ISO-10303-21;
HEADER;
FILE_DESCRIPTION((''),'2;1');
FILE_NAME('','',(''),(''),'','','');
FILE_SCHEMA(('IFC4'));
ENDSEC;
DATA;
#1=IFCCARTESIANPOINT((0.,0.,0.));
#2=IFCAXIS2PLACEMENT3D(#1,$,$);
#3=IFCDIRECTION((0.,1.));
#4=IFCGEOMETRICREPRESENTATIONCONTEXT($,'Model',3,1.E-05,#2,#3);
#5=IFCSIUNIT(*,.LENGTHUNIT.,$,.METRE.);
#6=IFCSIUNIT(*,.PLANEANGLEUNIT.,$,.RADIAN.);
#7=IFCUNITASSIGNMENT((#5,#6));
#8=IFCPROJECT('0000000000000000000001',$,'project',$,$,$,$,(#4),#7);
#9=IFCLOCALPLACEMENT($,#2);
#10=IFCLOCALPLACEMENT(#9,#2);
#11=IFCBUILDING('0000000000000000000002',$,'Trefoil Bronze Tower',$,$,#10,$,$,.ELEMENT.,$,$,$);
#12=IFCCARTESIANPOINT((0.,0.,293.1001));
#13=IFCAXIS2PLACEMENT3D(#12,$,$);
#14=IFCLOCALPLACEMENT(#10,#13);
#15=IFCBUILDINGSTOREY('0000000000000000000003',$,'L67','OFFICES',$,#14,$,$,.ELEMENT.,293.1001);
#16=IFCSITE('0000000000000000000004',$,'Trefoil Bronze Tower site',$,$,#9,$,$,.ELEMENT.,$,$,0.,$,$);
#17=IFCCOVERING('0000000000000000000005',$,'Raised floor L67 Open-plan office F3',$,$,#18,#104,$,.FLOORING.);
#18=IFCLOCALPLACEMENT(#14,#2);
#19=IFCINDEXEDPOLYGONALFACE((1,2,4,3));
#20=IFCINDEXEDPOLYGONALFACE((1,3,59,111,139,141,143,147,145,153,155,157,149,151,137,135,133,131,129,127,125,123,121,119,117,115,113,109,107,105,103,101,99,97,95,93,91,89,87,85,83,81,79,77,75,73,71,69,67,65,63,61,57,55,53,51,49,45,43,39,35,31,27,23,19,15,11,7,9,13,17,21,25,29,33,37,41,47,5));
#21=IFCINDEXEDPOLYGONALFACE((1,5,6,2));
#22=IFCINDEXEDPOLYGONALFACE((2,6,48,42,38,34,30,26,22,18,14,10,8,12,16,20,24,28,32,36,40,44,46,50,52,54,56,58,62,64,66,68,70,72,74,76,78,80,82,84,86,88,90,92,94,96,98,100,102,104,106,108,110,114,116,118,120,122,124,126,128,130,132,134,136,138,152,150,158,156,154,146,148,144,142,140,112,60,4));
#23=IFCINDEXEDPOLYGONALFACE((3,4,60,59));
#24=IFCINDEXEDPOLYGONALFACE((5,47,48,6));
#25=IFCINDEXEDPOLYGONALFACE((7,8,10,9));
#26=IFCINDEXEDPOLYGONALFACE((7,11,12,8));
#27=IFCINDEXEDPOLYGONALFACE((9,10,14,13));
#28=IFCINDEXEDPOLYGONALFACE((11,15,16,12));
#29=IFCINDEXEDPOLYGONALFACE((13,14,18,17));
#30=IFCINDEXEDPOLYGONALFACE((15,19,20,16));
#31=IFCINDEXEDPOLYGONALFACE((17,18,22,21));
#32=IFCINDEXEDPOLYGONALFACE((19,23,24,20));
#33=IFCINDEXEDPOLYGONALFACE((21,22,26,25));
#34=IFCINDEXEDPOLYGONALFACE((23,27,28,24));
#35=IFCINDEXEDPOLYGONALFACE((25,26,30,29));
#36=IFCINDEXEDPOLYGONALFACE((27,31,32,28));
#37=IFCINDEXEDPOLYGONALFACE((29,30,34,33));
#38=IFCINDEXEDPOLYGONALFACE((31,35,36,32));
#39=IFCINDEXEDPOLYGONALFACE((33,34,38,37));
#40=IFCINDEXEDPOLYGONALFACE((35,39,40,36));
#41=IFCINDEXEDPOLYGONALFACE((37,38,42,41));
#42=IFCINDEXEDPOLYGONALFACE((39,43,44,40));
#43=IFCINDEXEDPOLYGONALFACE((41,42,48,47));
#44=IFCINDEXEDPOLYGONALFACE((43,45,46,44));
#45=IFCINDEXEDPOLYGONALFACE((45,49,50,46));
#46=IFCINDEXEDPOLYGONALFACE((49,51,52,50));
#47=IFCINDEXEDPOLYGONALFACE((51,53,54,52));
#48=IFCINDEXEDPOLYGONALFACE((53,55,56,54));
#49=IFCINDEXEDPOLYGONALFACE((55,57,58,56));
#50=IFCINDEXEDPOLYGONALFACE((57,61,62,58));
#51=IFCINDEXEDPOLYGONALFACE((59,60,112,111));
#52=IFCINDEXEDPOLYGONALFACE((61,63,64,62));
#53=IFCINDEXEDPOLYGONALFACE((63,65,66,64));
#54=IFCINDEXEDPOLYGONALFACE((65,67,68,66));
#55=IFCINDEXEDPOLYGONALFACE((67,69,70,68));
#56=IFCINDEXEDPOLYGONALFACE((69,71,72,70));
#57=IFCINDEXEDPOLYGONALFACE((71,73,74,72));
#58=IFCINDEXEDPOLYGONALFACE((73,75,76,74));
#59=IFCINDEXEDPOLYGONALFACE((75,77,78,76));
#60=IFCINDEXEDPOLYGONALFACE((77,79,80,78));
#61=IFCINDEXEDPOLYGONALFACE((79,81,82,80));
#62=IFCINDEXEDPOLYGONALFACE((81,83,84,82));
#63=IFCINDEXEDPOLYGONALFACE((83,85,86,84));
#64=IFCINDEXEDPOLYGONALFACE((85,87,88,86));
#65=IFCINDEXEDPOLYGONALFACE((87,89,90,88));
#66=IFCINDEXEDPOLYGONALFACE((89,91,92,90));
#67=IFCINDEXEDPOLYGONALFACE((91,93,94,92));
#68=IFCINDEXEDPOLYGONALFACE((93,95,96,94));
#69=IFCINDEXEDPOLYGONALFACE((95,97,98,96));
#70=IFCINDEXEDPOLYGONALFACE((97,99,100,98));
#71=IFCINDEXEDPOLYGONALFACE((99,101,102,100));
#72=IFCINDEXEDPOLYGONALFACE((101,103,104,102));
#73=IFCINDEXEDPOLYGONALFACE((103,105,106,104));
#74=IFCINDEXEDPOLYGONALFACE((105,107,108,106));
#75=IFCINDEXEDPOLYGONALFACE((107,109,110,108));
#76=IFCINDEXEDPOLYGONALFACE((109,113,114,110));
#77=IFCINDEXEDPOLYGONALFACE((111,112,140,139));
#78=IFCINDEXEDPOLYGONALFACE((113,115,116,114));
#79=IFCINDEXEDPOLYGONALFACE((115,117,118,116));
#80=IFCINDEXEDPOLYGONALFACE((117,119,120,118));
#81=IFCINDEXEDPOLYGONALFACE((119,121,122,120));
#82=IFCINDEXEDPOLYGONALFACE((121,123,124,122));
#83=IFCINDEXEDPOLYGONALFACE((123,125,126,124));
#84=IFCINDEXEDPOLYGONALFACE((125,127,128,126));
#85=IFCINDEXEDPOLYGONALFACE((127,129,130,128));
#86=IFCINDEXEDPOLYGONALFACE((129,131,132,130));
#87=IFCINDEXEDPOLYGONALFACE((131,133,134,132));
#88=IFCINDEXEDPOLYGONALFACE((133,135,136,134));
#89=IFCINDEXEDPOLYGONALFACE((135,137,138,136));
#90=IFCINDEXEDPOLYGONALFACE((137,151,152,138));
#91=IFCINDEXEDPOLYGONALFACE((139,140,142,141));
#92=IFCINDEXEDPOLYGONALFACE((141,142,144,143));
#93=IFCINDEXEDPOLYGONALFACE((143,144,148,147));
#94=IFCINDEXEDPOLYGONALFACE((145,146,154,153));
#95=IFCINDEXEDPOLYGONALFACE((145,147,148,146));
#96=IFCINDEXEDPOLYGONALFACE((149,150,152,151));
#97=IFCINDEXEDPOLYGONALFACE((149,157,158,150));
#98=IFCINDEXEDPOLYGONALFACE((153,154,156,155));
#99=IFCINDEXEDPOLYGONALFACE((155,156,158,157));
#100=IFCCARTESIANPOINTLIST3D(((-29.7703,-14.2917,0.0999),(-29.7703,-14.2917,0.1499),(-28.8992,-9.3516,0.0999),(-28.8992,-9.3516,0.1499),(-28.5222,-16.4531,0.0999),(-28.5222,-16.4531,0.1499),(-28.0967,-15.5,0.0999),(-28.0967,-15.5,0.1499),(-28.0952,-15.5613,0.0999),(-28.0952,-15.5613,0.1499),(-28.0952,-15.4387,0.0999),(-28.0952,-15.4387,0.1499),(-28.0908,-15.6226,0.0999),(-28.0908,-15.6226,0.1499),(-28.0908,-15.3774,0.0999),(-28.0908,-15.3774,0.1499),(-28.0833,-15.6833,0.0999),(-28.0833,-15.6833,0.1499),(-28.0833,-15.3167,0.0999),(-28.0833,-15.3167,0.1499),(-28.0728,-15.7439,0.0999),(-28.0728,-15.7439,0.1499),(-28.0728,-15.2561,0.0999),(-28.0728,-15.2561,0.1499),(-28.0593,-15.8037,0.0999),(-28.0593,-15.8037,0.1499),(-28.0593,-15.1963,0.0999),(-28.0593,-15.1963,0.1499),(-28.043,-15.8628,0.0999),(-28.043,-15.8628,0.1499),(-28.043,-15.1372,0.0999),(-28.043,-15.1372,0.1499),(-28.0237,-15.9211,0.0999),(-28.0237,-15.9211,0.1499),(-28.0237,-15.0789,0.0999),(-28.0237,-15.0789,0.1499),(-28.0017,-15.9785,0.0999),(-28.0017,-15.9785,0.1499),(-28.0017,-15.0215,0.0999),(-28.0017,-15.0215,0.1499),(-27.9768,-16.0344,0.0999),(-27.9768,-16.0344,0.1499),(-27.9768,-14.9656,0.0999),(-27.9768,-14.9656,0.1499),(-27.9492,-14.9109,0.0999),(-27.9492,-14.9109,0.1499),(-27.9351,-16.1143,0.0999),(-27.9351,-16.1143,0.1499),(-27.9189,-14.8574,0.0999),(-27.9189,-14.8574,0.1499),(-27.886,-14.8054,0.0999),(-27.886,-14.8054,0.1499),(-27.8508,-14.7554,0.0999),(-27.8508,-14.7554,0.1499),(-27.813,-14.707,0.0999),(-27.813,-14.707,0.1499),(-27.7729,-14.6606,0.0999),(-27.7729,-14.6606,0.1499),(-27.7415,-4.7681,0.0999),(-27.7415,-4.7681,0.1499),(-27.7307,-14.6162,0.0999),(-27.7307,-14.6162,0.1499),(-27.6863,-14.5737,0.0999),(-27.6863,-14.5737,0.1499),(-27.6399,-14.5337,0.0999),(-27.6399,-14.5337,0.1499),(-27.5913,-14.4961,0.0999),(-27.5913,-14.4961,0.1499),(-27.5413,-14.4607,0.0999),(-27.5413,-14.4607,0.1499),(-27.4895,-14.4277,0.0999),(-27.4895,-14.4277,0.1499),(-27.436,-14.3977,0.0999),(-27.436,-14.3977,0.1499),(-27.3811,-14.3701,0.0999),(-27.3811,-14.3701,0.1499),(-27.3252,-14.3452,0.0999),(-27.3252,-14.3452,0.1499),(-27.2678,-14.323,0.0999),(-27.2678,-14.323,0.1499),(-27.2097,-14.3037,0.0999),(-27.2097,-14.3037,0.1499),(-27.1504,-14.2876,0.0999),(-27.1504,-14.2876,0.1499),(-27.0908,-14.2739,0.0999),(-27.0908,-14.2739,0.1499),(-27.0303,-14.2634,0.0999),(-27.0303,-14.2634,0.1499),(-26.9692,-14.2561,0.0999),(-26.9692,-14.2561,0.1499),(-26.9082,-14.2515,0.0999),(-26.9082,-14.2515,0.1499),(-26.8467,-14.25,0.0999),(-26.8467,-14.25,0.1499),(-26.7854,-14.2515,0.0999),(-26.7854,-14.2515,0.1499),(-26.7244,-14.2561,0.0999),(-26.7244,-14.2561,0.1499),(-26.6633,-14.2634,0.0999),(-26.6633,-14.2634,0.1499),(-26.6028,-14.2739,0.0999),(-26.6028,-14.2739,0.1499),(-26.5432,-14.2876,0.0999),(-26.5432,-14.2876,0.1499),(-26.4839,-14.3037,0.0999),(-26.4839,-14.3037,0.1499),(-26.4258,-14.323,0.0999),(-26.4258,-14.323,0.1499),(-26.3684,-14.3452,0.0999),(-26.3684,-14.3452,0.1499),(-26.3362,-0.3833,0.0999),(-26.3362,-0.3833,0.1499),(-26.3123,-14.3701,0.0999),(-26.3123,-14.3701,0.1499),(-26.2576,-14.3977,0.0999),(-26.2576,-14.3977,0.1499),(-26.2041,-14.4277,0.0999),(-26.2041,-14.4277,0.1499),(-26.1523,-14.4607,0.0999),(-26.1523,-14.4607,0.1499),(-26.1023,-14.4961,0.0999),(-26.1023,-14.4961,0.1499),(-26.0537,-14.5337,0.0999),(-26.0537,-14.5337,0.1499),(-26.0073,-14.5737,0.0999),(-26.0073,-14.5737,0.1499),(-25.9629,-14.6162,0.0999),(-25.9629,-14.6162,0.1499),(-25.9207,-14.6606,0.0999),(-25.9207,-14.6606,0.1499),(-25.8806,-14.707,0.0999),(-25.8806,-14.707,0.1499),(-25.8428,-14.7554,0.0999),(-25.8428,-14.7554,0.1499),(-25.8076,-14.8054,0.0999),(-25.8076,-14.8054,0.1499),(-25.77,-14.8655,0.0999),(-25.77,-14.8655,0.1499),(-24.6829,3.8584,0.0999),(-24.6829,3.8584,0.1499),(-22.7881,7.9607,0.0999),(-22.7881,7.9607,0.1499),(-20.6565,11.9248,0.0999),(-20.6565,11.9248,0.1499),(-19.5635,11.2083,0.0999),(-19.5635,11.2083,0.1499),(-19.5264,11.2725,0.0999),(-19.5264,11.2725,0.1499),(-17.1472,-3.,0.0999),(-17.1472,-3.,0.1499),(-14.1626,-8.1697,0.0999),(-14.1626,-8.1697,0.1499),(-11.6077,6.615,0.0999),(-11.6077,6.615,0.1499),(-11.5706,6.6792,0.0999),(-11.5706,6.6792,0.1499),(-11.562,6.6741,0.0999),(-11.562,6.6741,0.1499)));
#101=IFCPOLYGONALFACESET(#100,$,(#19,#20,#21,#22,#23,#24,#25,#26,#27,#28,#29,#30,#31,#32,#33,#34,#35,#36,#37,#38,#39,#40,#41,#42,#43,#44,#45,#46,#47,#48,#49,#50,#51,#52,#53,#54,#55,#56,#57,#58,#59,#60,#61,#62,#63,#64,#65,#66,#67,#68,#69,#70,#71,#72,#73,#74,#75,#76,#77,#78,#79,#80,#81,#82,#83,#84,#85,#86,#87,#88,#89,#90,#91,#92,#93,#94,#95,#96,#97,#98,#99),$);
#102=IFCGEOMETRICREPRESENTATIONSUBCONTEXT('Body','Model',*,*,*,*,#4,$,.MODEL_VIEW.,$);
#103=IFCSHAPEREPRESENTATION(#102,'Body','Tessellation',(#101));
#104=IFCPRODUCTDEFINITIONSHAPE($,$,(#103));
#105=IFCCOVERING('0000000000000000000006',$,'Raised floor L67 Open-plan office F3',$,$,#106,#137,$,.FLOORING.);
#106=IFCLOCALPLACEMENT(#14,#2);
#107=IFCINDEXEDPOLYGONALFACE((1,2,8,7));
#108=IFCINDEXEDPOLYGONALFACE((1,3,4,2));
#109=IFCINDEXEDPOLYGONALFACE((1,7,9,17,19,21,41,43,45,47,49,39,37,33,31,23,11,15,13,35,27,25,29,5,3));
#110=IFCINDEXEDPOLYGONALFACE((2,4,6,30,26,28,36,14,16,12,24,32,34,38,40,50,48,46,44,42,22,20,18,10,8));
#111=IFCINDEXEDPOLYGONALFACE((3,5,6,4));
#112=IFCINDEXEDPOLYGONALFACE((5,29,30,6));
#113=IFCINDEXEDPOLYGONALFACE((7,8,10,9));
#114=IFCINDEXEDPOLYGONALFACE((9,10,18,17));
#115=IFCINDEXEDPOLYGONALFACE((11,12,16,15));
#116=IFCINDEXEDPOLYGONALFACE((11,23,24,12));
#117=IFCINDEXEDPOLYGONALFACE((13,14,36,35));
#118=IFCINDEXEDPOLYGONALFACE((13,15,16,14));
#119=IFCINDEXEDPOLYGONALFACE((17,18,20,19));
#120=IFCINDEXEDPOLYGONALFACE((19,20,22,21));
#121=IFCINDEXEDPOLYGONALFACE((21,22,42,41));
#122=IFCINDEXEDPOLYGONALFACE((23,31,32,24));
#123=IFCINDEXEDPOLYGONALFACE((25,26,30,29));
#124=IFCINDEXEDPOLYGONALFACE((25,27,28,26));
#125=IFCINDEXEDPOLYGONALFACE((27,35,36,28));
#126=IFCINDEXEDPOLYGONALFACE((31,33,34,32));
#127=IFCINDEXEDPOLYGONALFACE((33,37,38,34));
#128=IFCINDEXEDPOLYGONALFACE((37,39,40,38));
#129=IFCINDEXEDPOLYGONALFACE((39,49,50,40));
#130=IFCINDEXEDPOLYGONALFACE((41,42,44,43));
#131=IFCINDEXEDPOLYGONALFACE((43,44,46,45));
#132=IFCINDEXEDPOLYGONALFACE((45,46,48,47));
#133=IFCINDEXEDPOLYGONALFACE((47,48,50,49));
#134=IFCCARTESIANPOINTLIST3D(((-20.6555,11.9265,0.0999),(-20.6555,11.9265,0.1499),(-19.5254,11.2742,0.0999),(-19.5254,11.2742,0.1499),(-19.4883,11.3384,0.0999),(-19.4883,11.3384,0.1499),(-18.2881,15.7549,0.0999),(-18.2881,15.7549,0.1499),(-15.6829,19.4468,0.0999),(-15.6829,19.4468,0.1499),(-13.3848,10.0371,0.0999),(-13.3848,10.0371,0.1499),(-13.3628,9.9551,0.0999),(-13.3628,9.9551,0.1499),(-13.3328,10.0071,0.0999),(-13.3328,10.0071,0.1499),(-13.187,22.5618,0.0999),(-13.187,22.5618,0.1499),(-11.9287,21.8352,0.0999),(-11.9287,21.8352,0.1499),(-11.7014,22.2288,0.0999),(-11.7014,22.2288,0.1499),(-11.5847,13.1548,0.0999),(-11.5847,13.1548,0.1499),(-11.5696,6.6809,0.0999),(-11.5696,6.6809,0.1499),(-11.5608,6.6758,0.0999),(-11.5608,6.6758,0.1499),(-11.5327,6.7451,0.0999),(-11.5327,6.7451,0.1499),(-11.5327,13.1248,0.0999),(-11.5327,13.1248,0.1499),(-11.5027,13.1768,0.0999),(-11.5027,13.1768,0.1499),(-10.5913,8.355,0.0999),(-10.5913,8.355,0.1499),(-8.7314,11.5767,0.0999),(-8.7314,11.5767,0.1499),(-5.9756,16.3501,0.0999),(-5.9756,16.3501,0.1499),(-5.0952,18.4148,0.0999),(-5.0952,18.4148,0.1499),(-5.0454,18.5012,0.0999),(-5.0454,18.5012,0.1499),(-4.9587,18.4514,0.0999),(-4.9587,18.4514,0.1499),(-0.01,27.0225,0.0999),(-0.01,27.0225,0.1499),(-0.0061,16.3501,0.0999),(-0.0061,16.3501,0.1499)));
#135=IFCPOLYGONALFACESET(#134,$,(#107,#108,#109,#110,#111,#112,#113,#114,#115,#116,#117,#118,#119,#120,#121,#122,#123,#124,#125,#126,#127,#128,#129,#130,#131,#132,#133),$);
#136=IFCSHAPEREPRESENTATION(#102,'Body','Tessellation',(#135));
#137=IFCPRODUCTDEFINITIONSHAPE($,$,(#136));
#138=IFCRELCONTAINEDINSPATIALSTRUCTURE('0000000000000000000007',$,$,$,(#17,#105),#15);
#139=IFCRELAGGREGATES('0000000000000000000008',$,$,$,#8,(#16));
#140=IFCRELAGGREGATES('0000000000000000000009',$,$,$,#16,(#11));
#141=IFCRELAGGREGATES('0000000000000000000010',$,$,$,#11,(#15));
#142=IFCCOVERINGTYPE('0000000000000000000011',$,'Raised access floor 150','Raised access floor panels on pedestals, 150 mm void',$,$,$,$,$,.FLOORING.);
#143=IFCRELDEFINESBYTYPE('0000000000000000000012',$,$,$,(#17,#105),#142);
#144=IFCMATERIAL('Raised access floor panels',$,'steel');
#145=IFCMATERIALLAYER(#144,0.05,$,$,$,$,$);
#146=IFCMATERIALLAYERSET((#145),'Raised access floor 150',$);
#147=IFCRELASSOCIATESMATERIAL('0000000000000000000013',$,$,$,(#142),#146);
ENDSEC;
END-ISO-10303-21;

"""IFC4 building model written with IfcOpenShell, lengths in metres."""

from ifc_helpers import new_model, si_unit, direction, frame, origin, place, context, subcontext, project, spatial, polyline, outline, extrude, material, layer, layer_set, type_object, element, save


model = new_model("IFC4")

# Units and contexts
model_context = context("Model", 3, precision=1e-05, world=origin(), true_north=direction((0.0, 1.0)))
body_context = subcontext(model_context, "Body", "Model", "MODEL_VIEW")
ifc_project = project(units=[si_unit("LENGTHUNIT", "METRE"), si_unit("PLANEANGLEUNIT", "RADIAN")], contexts=[model_context])

# Site, building, storey
site_placement = place(None, origin())
site = spatial("IfcSite", under=ifc_project, at=site_placement, Name="Trefoil Bronze Tower site", CompositionType="ELEMENT", RefElevation=0.0)
building_placement = place(site_placement, origin())
building = spatial("IfcBuilding", under=site, at=building_placement, Name="Trefoil Bronze Tower", CompositionType="ELEMENT")
storey_placement = place(building_placement, frame((0.0, 0.0, 293.1001)))
storey = spatial("IfcBuildingStorey", under=building, at=storey_placement, Name="L67", Description="OFFICES", CompositionType="ELEMENT", Elevation=293.1001)

# Coverings
ifc_material_1 = material(Name="Raised access floor panels", Category="steel")
ifc_layer_1 = layer(ifc_material_1, 0.05)
ifc_layer_set_1 = layer_set([ifc_layer_1], Name="Raised access floor 150")
covering_type_1 = type_object("IfcCoveringType", Name="Raised access floor 150", Description="Raised access floor panels on pedestals, 150 mm void", PredefinedType="FLOORING", material=ifc_layer_set_1)
covering_1_placement = place(storey_placement, frame((0.0, 0.0, 0.0999)))
element("IfcCovering", 1, at=covering_1_placement, inside=storey, type_object=covering_type_1, Name="Raised floor L67 Open-plan office F3", PredefinedType="FLOORING", context=body_context, shape_type="SweptSolid", body=[
    extrude(outline(polyline([(-27.7415, -4.7681), (-26.3362, -0.3833), (-24.6829, 3.8584), (-22.7881, 7.9607), (-20.6565, 11.9248), (-19.5264, 11.2725), (-19.5635, 11.2083), (-11.6077, 6.615), (-11.5706, 6.6792), (-11.562, 6.6741), (-17.1472, -3.0), (-14.1626, -8.1697), (-25.77, -14.8655), (-25.8076, -14.8054), (-25.8428, -14.7554), (-25.8806, -14.707), (-25.9207, -14.6606), (-25.9629, -14.6162), (-26.0073, -14.5737), (-26.0537, -14.5337), (-26.1023, -14.4961), (-26.1523, -14.4607), (-26.2041, -14.4277), (-26.2576, -14.3977), (-26.3123, -14.3701), (-26.3684, -14.3452), (-26.4258, -14.323), (-26.4839, -14.3037), (-26.5432, -14.2876), (-26.6028, -14.2739), (-26.6633, -14.2634), (-26.7244, -14.2561), (-26.7854, -14.2515), (-26.8467, -14.25), (-26.9082, -14.2515), (-26.9692, -14.2561), (-27.0303, -14.2634), (-27.0908, -14.2739), (-27.1504, -14.2876), (-27.2097, -14.3037), (-27.2678, -14.323), (-27.3252, -14.3452), (-27.3811, -14.3701), (-27.436, -14.3977), (-27.4895, -14.4277), (-27.5413, -14.4607), (-27.5913, -14.4961), (-27.6399, -14.5337), (-27.6863, -14.5737), (-27.7307, -14.6162), (-27.7729, -14.6606), (-27.813, -14.707), (-27.8508, -14.7554), (-27.886, -14.8054), (-27.9189, -14.8574), (-27.9492, -14.9109), (-27.9768, -14.9656), (-28.0017, -15.0215), (-28.0237, -15.0789), (-28.043, -15.1372), (-28.0593, -15.1963), (-28.0728, -15.2561), (-28.0833, -15.3167), (-28.0908, -15.3774), (-28.0952, -15.4387), (-28.0967, -15.5), (-28.0952, -15.5613), (-28.0908, -15.6226), (-28.0833, -15.6833), (-28.0728, -15.7439), (-28.0593, -15.8037), (-28.043, -15.8628), (-28.0237, -15.9211), (-28.0017, -15.9785), (-27.9768, -16.0344), (-27.9351, -16.1143), (-28.5222, -16.4531), (-29.7703, -14.2917), (-28.8992, -9.3516), (-27.7415, -4.7681)])), origin(), (0.0, 0.0, 1.0), 0.05),
])
covering_2_placement = place(storey_placement, frame((0.0, 0.0, 0.0999)))
element("IfcCovering", 2, at=covering_2_placement, inside=storey, type_object=covering_type_1, Name="Raised floor L67 Open-plan office F3", PredefinedType="FLOORING", context=body_context, shape_type="SweptSolid", body=[
    extrude(outline(polyline([(-11.5608, 6.6758), (-11.5696, 6.6809), (-11.5327, 6.7451), (-19.4883, 11.3384), (-19.5254, 11.2742), (-20.6555, 11.9265), (-18.2881, 15.7549), (-15.6829, 19.4468), (-13.187, 22.5618), (-11.9287, 21.8352), (-11.7014, 22.2288), (-5.0952, 18.4148), (-5.0454, 18.5012), (-4.9587, 18.4514), (-0.01, 27.0225), (-0.0061, 16.3501), (-5.9756, 16.3501), (-8.7314, 11.5767), (-11.5027, 13.1768), (-11.5327, 13.1248), (-11.5847, 13.1548), (-13.3848, 10.0371), (-13.3328, 10.0071), (-13.3628, 9.9551), (-10.5913, 8.355), (-11.5608, 6.6758)])), origin(), (0.0, 0.0, 1.0), 0.05),
])

save(model, "model.ifc")
